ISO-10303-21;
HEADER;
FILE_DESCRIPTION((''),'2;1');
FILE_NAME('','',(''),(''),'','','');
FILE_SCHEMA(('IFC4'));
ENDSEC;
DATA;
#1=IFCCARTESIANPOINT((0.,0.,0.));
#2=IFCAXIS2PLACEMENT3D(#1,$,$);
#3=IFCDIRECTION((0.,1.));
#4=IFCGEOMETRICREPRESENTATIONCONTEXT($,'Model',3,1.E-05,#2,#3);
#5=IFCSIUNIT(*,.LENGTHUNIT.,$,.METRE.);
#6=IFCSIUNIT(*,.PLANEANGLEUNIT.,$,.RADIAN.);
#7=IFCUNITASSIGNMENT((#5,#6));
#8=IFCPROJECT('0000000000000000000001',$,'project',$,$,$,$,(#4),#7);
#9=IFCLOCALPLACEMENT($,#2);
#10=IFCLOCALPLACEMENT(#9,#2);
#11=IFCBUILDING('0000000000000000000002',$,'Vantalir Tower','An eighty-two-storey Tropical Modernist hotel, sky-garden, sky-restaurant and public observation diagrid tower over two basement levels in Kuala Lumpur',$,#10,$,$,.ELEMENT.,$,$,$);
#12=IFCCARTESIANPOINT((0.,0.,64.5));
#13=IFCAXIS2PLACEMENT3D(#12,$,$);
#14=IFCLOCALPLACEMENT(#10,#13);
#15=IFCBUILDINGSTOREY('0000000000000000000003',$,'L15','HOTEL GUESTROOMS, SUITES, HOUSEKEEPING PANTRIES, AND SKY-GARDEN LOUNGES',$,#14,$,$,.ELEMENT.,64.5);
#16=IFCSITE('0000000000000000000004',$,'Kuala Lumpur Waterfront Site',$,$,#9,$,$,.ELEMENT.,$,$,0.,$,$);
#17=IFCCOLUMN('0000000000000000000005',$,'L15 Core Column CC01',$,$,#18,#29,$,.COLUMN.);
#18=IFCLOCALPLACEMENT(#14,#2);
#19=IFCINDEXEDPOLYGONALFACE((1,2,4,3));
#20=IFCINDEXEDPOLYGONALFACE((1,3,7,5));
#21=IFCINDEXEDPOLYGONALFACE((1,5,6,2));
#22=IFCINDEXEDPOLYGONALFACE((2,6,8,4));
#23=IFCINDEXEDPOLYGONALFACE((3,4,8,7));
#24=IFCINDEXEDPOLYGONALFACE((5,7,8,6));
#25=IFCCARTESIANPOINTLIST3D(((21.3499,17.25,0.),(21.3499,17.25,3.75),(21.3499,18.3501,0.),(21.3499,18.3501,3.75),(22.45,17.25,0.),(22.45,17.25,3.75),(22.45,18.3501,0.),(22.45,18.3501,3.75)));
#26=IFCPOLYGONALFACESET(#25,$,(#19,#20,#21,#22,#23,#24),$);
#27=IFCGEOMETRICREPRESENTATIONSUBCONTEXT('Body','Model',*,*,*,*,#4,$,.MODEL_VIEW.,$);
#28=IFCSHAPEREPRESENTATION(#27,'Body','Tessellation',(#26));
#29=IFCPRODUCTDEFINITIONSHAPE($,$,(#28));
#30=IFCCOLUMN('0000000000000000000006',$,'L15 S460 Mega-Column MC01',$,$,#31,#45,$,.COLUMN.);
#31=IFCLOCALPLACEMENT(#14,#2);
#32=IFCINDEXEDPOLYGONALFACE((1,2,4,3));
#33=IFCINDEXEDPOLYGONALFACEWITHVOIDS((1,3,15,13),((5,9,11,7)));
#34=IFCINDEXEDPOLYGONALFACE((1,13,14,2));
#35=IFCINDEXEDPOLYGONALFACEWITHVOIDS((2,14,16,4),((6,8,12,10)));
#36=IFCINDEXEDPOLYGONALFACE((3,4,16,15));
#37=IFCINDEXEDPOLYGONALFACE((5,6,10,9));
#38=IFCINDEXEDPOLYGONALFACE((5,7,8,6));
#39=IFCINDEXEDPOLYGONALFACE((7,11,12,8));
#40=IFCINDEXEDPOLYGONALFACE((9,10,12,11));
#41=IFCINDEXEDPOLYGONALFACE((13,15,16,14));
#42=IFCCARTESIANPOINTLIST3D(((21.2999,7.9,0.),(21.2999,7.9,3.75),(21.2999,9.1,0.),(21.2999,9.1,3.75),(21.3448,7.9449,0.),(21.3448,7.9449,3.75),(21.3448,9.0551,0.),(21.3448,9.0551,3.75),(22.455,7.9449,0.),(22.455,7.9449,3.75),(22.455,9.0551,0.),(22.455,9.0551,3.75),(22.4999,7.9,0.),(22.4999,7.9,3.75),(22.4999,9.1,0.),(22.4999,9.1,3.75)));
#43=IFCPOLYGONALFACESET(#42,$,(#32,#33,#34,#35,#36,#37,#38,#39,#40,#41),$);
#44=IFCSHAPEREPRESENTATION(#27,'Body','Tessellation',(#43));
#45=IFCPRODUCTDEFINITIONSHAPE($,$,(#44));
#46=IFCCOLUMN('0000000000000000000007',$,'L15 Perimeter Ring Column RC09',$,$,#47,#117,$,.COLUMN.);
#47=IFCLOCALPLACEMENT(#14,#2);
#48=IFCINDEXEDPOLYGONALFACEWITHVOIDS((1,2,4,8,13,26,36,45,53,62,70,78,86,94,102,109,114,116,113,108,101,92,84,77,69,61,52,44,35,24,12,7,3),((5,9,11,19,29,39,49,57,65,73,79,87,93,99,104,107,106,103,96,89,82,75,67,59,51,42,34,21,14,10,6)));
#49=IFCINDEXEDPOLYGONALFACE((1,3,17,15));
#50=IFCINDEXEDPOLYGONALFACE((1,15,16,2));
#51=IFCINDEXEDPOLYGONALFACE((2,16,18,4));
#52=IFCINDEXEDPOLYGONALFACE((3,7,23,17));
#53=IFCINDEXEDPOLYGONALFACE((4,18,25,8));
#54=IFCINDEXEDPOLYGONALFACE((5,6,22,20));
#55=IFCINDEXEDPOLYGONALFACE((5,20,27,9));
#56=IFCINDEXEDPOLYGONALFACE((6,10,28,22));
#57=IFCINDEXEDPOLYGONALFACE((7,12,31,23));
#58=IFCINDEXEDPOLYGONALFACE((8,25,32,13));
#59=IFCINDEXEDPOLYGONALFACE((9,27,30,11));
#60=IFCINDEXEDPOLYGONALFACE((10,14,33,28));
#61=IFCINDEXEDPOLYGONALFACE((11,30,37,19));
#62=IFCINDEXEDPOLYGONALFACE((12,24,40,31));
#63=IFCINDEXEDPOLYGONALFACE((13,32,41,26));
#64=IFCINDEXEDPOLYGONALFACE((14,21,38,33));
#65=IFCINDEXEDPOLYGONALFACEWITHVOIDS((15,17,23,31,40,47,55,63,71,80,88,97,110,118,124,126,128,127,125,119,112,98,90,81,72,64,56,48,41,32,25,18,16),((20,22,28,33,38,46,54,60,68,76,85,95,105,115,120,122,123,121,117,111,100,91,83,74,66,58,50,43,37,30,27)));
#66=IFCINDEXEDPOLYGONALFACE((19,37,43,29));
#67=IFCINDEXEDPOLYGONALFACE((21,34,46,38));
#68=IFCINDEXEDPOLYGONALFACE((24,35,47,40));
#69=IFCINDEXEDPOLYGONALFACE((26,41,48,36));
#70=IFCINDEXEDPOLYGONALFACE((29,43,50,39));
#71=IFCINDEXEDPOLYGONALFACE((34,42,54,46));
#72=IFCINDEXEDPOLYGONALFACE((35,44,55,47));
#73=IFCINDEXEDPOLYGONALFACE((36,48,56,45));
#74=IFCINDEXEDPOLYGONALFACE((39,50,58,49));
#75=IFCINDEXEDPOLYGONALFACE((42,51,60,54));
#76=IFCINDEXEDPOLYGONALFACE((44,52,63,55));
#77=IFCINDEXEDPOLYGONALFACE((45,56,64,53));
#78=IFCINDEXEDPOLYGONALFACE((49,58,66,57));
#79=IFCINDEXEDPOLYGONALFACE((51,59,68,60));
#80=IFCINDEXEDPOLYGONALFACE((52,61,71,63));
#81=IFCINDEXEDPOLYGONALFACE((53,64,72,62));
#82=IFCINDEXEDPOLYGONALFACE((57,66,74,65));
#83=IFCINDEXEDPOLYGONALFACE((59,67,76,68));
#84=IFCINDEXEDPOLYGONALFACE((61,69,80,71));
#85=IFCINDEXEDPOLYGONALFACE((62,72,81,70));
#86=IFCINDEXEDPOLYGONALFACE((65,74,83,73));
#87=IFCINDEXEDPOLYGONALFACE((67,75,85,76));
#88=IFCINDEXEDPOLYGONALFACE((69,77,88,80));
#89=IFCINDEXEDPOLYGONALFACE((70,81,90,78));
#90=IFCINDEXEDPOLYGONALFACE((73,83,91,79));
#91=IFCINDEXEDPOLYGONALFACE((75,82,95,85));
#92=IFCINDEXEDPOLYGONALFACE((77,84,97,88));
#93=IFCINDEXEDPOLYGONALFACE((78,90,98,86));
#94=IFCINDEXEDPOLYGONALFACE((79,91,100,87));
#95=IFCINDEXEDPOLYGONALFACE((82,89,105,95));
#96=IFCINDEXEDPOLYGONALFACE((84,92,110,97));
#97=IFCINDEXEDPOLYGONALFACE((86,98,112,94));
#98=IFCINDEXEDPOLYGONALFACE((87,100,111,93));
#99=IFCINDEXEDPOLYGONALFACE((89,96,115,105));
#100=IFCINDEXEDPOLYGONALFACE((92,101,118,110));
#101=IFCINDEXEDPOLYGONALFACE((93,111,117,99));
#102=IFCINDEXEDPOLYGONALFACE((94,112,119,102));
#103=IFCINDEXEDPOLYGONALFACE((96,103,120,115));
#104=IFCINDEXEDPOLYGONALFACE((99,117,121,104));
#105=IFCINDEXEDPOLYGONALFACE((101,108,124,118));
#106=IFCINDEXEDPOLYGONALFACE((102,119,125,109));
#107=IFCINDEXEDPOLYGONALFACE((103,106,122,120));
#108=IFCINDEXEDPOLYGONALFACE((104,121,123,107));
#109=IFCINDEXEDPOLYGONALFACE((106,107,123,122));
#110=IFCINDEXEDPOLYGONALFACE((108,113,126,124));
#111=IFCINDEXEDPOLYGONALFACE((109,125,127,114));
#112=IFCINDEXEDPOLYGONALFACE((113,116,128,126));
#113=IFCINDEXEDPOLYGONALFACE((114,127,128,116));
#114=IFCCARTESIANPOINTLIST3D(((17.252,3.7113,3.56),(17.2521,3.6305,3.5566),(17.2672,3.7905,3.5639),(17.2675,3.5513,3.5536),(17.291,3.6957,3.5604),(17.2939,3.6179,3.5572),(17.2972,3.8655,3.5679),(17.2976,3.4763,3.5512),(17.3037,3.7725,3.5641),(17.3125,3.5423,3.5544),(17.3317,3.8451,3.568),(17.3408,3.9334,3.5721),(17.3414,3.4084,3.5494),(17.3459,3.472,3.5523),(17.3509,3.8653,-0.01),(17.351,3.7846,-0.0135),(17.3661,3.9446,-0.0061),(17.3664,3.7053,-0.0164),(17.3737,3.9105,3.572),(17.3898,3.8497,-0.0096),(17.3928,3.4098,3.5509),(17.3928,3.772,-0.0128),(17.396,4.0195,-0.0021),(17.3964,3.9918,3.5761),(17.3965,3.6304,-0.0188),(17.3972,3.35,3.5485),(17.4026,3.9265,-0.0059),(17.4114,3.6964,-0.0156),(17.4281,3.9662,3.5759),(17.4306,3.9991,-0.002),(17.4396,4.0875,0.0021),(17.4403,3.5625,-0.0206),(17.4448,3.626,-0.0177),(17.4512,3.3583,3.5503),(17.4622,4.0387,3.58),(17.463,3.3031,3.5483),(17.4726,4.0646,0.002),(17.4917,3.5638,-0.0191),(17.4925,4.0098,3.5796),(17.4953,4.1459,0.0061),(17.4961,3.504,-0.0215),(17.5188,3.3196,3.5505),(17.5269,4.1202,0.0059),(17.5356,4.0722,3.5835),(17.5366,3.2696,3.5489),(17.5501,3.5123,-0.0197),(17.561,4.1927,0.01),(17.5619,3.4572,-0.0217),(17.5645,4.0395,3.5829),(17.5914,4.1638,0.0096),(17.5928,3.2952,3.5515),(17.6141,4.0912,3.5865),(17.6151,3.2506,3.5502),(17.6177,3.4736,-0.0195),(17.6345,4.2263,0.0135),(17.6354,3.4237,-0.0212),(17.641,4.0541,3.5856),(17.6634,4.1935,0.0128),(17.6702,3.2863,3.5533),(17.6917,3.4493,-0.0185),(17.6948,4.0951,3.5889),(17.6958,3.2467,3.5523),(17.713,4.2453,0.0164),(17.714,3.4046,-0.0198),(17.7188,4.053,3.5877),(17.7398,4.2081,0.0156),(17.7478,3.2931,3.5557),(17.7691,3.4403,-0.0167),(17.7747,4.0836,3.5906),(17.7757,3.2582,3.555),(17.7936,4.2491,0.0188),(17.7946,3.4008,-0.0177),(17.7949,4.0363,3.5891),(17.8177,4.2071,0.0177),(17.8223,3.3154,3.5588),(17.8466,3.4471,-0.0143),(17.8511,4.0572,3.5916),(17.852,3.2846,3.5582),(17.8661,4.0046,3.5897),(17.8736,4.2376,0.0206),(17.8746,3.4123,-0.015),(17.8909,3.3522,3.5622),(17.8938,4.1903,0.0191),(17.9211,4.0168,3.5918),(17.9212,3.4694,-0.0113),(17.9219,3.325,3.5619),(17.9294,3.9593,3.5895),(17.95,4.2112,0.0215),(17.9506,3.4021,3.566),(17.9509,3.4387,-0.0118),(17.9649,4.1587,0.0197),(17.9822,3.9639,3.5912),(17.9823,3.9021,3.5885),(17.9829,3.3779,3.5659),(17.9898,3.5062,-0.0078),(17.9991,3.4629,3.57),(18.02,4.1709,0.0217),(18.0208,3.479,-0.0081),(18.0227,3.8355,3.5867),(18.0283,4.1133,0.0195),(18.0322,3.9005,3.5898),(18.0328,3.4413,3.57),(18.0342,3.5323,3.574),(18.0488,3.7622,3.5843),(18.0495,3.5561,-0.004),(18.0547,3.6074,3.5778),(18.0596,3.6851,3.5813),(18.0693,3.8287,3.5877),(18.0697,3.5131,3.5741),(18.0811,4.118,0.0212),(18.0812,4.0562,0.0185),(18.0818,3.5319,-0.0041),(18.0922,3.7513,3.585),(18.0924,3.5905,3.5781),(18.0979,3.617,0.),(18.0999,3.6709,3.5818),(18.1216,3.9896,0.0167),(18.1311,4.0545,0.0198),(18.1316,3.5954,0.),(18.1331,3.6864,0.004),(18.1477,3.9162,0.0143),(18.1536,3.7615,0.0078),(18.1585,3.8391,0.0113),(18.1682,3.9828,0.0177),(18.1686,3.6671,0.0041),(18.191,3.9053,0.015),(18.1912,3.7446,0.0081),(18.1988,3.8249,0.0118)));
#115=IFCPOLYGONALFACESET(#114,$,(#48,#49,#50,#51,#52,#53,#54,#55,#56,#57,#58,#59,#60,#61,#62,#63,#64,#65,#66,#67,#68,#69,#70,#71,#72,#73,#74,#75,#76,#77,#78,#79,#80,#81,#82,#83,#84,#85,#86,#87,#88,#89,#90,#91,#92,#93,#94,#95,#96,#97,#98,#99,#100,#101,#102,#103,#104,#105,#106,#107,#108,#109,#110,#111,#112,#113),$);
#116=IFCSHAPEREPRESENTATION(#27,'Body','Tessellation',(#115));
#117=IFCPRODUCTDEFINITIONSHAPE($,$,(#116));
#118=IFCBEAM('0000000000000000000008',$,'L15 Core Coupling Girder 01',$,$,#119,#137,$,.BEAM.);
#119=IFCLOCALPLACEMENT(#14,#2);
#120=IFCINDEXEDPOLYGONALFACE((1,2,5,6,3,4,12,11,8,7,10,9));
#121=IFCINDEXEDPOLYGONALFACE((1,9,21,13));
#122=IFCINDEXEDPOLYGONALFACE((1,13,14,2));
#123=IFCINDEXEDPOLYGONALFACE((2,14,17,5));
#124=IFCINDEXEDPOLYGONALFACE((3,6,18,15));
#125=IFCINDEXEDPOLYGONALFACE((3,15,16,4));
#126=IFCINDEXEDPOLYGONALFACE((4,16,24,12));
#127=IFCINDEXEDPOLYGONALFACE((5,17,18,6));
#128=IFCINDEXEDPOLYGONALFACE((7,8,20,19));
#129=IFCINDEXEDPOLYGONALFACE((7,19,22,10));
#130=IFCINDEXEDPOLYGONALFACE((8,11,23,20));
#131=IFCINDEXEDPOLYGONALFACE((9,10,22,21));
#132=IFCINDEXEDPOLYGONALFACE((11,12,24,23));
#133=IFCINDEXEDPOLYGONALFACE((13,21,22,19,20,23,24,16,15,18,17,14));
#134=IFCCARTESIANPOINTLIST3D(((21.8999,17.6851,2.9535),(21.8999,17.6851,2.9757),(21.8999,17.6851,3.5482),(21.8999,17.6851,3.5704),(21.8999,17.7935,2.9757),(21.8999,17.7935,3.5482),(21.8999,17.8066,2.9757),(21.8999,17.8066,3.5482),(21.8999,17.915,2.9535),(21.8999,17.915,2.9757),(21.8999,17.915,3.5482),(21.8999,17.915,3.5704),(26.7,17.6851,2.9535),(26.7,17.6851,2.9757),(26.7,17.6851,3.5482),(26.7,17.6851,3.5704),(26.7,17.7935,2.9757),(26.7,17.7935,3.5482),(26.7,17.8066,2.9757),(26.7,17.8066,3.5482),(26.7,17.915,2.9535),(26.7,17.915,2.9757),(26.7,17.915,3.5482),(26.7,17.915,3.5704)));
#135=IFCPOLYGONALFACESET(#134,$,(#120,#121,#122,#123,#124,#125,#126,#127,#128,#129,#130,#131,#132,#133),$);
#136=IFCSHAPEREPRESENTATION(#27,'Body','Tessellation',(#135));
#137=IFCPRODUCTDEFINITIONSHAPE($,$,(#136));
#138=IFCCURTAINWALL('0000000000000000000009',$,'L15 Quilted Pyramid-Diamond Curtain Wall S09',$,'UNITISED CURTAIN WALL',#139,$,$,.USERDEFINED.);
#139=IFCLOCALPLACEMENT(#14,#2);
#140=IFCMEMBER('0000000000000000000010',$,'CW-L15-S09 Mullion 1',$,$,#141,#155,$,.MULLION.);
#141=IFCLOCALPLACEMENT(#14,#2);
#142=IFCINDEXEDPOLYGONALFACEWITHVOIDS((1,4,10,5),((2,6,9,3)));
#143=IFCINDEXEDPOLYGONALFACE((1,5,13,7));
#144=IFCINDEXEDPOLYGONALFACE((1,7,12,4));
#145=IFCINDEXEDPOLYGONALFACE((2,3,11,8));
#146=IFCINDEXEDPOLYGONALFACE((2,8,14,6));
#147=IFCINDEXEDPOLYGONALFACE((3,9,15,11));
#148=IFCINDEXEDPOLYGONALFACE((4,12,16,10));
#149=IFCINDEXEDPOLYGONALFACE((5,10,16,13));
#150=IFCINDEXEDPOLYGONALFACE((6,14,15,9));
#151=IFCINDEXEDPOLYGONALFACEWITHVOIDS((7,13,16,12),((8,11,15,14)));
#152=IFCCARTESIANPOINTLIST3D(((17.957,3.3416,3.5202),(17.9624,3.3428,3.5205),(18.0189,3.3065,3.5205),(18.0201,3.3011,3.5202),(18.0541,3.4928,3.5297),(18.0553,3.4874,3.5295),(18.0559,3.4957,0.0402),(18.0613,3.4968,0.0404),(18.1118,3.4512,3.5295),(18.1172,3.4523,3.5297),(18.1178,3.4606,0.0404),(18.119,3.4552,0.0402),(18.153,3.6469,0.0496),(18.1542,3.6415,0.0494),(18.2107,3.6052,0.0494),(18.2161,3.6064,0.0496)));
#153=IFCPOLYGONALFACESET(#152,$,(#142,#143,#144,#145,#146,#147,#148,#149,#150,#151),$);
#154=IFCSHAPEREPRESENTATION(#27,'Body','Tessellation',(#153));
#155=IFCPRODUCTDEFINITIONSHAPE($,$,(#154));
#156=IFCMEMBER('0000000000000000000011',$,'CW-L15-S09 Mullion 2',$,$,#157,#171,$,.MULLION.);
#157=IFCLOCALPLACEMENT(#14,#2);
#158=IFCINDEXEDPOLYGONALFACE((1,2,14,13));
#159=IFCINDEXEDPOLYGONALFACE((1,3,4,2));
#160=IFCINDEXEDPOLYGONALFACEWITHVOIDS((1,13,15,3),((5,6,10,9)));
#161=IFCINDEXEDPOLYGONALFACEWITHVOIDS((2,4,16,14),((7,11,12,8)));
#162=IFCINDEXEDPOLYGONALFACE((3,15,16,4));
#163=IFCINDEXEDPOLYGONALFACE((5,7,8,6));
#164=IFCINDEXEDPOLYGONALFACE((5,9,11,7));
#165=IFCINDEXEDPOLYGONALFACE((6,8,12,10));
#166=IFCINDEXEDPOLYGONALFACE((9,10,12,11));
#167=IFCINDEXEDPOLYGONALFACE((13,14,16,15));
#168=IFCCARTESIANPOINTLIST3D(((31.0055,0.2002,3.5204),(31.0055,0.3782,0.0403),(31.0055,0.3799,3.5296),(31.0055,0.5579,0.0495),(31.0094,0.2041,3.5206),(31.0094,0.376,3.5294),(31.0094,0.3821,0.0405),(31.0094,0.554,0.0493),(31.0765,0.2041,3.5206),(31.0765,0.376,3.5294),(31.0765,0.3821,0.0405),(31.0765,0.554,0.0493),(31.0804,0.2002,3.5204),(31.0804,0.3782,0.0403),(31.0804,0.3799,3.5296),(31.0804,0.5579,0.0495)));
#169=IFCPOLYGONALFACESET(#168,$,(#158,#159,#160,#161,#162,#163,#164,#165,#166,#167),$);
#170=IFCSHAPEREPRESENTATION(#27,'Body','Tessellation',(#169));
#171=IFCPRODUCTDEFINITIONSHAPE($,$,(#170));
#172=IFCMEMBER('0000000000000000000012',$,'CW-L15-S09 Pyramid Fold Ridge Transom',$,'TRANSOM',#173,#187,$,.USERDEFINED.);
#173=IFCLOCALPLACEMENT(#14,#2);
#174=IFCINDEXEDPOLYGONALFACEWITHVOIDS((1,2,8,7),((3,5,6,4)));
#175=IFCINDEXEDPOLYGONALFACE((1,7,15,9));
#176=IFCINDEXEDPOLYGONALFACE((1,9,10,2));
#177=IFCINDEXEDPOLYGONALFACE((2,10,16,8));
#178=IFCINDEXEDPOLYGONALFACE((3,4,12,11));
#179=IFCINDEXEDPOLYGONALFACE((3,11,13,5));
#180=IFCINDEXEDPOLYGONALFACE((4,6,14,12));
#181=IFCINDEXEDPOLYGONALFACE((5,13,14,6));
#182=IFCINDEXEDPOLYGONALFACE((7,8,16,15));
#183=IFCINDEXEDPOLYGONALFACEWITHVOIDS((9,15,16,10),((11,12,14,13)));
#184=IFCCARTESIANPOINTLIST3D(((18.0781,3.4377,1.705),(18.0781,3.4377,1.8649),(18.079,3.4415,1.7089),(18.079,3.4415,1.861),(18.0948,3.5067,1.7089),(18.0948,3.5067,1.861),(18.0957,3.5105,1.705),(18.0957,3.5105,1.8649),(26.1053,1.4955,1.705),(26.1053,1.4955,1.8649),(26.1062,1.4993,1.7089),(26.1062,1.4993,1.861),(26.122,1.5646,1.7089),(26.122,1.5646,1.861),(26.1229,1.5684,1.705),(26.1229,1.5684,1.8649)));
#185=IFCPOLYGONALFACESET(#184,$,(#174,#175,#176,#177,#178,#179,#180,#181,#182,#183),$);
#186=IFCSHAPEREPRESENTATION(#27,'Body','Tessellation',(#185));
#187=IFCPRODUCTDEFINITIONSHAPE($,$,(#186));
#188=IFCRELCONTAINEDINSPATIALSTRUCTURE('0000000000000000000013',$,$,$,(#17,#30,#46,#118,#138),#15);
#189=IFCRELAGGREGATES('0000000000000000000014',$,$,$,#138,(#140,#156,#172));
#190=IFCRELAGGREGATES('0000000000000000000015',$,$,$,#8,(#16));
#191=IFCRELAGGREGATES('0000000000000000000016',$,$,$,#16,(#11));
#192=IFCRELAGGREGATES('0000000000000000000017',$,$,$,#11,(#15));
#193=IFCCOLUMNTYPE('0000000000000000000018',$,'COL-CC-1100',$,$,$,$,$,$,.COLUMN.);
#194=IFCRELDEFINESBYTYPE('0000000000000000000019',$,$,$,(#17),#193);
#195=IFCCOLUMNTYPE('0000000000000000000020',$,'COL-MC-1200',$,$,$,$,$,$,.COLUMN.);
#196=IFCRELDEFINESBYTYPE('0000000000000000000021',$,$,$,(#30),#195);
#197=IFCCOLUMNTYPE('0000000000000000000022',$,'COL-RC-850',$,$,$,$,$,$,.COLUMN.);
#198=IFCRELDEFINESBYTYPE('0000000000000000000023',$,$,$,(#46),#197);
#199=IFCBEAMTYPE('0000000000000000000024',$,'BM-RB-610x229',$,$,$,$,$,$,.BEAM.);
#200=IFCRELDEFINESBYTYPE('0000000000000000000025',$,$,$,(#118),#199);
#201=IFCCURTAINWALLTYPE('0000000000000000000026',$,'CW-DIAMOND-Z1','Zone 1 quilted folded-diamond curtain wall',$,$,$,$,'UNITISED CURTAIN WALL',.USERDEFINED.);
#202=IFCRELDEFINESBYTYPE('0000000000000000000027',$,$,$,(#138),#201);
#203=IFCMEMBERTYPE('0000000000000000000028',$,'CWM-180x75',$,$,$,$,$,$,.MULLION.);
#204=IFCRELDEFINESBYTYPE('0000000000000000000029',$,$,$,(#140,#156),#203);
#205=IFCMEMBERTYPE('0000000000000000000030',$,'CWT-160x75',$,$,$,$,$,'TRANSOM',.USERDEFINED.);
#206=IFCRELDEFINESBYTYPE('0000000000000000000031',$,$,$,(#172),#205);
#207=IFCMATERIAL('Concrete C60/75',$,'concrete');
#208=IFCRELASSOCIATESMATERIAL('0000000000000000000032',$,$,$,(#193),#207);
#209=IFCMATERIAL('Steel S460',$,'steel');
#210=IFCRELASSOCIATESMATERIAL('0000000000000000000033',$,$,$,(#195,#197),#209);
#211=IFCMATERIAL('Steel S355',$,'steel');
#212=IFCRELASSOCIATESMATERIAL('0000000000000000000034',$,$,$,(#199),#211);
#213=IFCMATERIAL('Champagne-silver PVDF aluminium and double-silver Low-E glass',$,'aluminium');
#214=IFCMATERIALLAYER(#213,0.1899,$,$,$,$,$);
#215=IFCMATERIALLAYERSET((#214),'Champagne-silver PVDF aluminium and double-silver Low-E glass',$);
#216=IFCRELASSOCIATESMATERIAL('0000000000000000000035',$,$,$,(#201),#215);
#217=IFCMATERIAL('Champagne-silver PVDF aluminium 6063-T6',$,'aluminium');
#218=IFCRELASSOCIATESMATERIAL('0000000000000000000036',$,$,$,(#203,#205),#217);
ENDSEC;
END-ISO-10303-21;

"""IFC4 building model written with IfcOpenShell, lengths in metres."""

from ifc_helpers import new_model, si_unit, direction, frame, origin, origin_2d, place, context, subcontext, project, spatial, rectangle, hollow_rectangle, hollow_circle, i_section, extrude, material, layer, layer_set, material_profile, profile_set, type_object, element, aggregate, save


model = new_model("IFC4")

# Units and contexts
model_context = context("Model", 3, precision=1e-05, world=origin(), true_north=direction((0.0, 1.0)))
body_context = subcontext(model_context, "Body", "Model", "MODEL_VIEW")
ifc_project = project(units=[si_unit("LENGTHUNIT", "METRE"), si_unit("PLANEANGLEUNIT", "RADIAN")], contexts=[model_context])

# Site, building, storey
site_placement = place(None, origin())
site = spatial("IfcSite", under=ifc_project, at=site_placement, Name="Kuala Lumpur Waterfront Site", CompositionType="ELEMENT", RefElevation=0.0)
building_placement = place(site_placement, origin())
building = spatial("IfcBuilding", under=site, at=building_placement, Name="Vantalir Tower", Description="An eighty-two-storey Tropical Modernist hotel, sky-garden, sky-restaurant and public observation diagrid tower over two basement levels in Kuala Lumpur", CompositionType="ELEMENT")
storey_placement = place(building_placement, frame((0.0, 0.0, 64.5)))
storey = spatial("IfcBuildingStorey", under=building, at=storey_placement, Name="L15", Description="HOTEL GUESTROOMS, SUITES, HOUSEKEEPING PANTRIES, AND SKY-GARDEN LOUNGES", CompositionType="ELEMENT", Elevation=64.5)

# Columns
ifc_material_1 = material(Name="Concrete C60/75", Category="concrete")
ifc_material_profile_1 = material_profile(ifc_material_1, rectangle(XDim=1.1001, YDim=1.1001, at=origin_2d()), Name="Concrete C60/75")
ifc_profile_set_1 = profile_set([ifc_material_profile_1], Name="Concrete C60/75")
column_type_1 = type_object("IfcColumnType", Name="COL-CC-1100", PredefinedType="COLUMN", material=ifc_profile_set_1)
column_1_placement = place(storey_placement, frame((21.8999, 17.8, 0.0), z_axis=(0.0, 0.0, 1.0), x_axis=(1.0, 0.0, 0.0)))
element("IfcColumn", 1, at=column_1_placement, inside=storey, type_object=column_type_1, Name="L15 Core Column CC01", PredefinedType="COLUMN", context=body_context, shape_type="SweptSolid", body=[
    extrude(rectangle(XDim=1.1001, YDim=1.1001, at=origin_2d()), origin(), (0.0, 0.0, 1.0), 3.75),
])
ifc_material_2 = material(Name="Steel S460", Category="steel")
ifc_material_profile_2 = material_profile(ifc_material_2, hollow_rectangle(XDim=1.2, YDim=1.2, WallThickness=0.0449, at=origin_2d()), Name="Steel S460")
ifc_profile_set_2 = profile_set([ifc_material_profile_2], Name="Steel S460")
column_type_2 = type_object("IfcColumnType", Name="COL-MC-1200", PredefinedType="COLUMN", material=ifc_profile_set_2)
column_2_placement = place(storey_placement, frame((21.8999, 8.5, 0.0), z_axis=(0.0, 0.0, 1.0), x_axis=(1.0, 0.0, 0.0)))
element("IfcColumn", 2, at=column_2_placement, inside=storey, type_object=column_type_2, Name="L15 S460 Mega-Column MC01", PredefinedType="COLUMN", context=body_context, shape_type="SweptSolid", body=[
    extrude(hollow_rectangle(XDim=1.2, YDim=1.2, WallThickness=0.0449, at=origin_2d()), origin(), (0.0, 0.0, 1.0), 3.75),
])
ifc_material_profile_3 = material_profile(ifc_material_2, hollow_circle(Radius=0.425, WallThickness=0.04, at=origin_2d()), Name="Steel S460")
ifc_profile_set_3 = profile_set([ifc_material_profile_3], Name="Steel S460")
column_type_3 = type_object("IfcColumnType", Name="COL-RC-850", PredefinedType="COLUMN", material=ifc_profile_set_3)
column_3_placement = place(storey_placement, frame((17.7739, 3.825, 0.0), z_axis=(-0.02766, -0.043095, 0.998688), x_axis=(0.841568, -0.540151, 0.0)))
element("IfcColumn", 3, at=column_3_placement, inside=storey, type_object=column_type_3, Name="L15 Perimeter Ring Column RC09", PredefinedType="COLUMN", context=body_context, shape_type="SweptSolid", body=[
    extrude(hollow_circle(Radius=0.425, WallThickness=0.04, at=origin_2d()), origin(), (0.0, 0.0, 1.0), 3.5747),
])

# Beam
ifc_material_3 = material(Name="Steel S355", Category="steel")
ifc_material_profile_4 = material_profile(ifc_material_3, i_section(OverallWidth=0.23, OverallDepth=0.6169, WebThickness=0.0132, FlangeThickness=0.0222, at=origin_2d()), Name="Steel S355")
ifc_profile_set_4 = profile_set([ifc_material_profile_4], Name="Steel S355")
beam_type = type_object("IfcBeamType", Name="BM-RB-610x229", PredefinedType="BEAM", material=ifc_profile_set_4)
beam_placement = place(storey_placement, frame((21.8999, 17.8, 3.262), z_axis=(1.0, 0.0, 0.0), x_axis=(0.0, 1.0, 0.0)))
element("IfcBeam", 4, at=beam_placement, inside=storey, type_object=beam_type, Name="L15 Core Coupling Girder 01", PredefinedType="BEAM", context=body_context, shape_type="SweptSolid", body=[
    extrude(i_section(OverallWidth=0.23, OverallDepth=0.6169, WebThickness=0.0132, FlangeThickness=0.0222, at=origin_2d()), origin(), (0.0, 0.0, 1.0), 4.8),
])

# Curtain wall, members
ifc_material_4 = material(Name="Champagne-silver PVDF aluminium and double-silver Low-E glass", Category="aluminium")
ifc_layer_1 = layer(ifc_material_4, 0.1899)
ifc_layer_set_1 = layer_set([ifc_layer_1], Name="Champagne-silver PVDF aluminium and double-silver Low-E glass")
curtain_wall_type = type_object("IfcCurtainWallType", Name="CW-DIAMOND-Z1", Description="Zone 1 quilted folded-diamond curtain wall", ElementType="UNITISED CURTAIN WALL", PredefinedType="USERDEFINED", material=ifc_layer_set_1)
curtain_wall_placement = place(storey_placement, origin())
curtain_wall = element("IfcCurtainWall", 5, at=curtain_wall_placement, inside=storey, type_object=curtain_wall_type, Name="L15 Quilted Pyramid-Diamond Curtain Wall S09", ObjectType="UNITISED CURTAIN WALL", PredefinedType="USERDEFINED")
ifc_material_5 = material(Name="Champagne-silver PVDF aluminium 6063-T6", Category="aluminium")
ifc_material_profile_5 = material_profile(ifc_material_5, hollow_rectangle(XDim=0.075, YDim=0.1799, WallThickness=0.0039, at=origin_2d()), Name="Champagne-silver PVDF aluminium 6063-T6")
ifc_profile_set_5 = profile_set([ifc_material_profile_5], Name="Champagne-silver PVDF aluminium 6063-T6")
member_type_1 = type_object("IfcMemberType", Name="CWM-180x75", PredefinedType="MULLION", material=ifc_profile_set_5)
member_1_placement = place(storey_placement, frame((18.136, 3.551, 0.0449), z_axis=(-0.028374, -0.044207, 0.998619), x_axis=(0.841568, -0.540151, 0.0)))
member_1 = element("IfcMember", 6, at=member_1_placement, type_object=member_type_1, Name="CW-L15-S09 Mullion 1", PredefinedType="MULLION", context=body_context, shape_type="SweptSolid", body=[
    extrude(hollow_rectangle(XDim=0.075, YDim=0.1799, WallThickness=0.0039, at=origin_2d()), origin(), (0.0, 0.0, 1.0), 3.4849),
])
member_2_placement = place(storey_placement, frame((31.043, 0.468, 0.0449), z_axis=(0.0, -0.051077, 0.998695), x_axis=(1.0, 0.0, 0.0)))
member_2 = element("IfcMember", 7, at=member_2_placement, type_object=member_type_1, Name="CW-L15-S09 Mullion 2", PredefinedType="MULLION", context=body_context, shape_type="SweptSolid", body=[
    extrude(hollow_rectangle(XDim=0.075, YDim=0.1799, WallThickness=0.0039, at=origin_2d()), origin(), (0.0, 0.0, 1.0), 3.4846),
])
ifc_material_profile_6 = material_profile(ifc_material_5, hollow_rectangle(XDim=0.075, YDim=0.1599, WallThickness=0.0039, at=origin_2d()), Name="Champagne-silver PVDF aluminium 6063-T6")
ifc_profile_set_6 = profile_set([ifc_material_profile_6], Name="Champagne-silver PVDF aluminium 6063-T6")
member_type_2 = type_object("IfcMemberType", Name="CWT-160x75", ElementType="TRANSOM", PredefinedType="USERDEFINED", material=ifc_profile_set_6)
member_3_placement = place(storey_placement, frame((18.0869, 3.4741, 1.7849), z_axis=(0.971956, -0.235163, 0.0), x_axis=(0.235163, 0.971956, 0.0)))
member_3 = element("IfcMember", 8, at=member_3_placement, type_object=member_type_2, Name="CW-L15-S09 Pyramid Fold Ridge Transom", ObjectType="TRANSOM", PredefinedType="USERDEFINED", context=body_context, shape_type="SweptSolid", body=[
    extrude(hollow_rectangle(XDim=0.075, YDim=0.1599, WallThickness=0.0039, at=origin_2d()), origin(), (0.0, 0.0, 1.0), 8.2588),
])
aggregate(curtain_wall, [member_1, member_2, member_3])

save(model, "model.ifc")
